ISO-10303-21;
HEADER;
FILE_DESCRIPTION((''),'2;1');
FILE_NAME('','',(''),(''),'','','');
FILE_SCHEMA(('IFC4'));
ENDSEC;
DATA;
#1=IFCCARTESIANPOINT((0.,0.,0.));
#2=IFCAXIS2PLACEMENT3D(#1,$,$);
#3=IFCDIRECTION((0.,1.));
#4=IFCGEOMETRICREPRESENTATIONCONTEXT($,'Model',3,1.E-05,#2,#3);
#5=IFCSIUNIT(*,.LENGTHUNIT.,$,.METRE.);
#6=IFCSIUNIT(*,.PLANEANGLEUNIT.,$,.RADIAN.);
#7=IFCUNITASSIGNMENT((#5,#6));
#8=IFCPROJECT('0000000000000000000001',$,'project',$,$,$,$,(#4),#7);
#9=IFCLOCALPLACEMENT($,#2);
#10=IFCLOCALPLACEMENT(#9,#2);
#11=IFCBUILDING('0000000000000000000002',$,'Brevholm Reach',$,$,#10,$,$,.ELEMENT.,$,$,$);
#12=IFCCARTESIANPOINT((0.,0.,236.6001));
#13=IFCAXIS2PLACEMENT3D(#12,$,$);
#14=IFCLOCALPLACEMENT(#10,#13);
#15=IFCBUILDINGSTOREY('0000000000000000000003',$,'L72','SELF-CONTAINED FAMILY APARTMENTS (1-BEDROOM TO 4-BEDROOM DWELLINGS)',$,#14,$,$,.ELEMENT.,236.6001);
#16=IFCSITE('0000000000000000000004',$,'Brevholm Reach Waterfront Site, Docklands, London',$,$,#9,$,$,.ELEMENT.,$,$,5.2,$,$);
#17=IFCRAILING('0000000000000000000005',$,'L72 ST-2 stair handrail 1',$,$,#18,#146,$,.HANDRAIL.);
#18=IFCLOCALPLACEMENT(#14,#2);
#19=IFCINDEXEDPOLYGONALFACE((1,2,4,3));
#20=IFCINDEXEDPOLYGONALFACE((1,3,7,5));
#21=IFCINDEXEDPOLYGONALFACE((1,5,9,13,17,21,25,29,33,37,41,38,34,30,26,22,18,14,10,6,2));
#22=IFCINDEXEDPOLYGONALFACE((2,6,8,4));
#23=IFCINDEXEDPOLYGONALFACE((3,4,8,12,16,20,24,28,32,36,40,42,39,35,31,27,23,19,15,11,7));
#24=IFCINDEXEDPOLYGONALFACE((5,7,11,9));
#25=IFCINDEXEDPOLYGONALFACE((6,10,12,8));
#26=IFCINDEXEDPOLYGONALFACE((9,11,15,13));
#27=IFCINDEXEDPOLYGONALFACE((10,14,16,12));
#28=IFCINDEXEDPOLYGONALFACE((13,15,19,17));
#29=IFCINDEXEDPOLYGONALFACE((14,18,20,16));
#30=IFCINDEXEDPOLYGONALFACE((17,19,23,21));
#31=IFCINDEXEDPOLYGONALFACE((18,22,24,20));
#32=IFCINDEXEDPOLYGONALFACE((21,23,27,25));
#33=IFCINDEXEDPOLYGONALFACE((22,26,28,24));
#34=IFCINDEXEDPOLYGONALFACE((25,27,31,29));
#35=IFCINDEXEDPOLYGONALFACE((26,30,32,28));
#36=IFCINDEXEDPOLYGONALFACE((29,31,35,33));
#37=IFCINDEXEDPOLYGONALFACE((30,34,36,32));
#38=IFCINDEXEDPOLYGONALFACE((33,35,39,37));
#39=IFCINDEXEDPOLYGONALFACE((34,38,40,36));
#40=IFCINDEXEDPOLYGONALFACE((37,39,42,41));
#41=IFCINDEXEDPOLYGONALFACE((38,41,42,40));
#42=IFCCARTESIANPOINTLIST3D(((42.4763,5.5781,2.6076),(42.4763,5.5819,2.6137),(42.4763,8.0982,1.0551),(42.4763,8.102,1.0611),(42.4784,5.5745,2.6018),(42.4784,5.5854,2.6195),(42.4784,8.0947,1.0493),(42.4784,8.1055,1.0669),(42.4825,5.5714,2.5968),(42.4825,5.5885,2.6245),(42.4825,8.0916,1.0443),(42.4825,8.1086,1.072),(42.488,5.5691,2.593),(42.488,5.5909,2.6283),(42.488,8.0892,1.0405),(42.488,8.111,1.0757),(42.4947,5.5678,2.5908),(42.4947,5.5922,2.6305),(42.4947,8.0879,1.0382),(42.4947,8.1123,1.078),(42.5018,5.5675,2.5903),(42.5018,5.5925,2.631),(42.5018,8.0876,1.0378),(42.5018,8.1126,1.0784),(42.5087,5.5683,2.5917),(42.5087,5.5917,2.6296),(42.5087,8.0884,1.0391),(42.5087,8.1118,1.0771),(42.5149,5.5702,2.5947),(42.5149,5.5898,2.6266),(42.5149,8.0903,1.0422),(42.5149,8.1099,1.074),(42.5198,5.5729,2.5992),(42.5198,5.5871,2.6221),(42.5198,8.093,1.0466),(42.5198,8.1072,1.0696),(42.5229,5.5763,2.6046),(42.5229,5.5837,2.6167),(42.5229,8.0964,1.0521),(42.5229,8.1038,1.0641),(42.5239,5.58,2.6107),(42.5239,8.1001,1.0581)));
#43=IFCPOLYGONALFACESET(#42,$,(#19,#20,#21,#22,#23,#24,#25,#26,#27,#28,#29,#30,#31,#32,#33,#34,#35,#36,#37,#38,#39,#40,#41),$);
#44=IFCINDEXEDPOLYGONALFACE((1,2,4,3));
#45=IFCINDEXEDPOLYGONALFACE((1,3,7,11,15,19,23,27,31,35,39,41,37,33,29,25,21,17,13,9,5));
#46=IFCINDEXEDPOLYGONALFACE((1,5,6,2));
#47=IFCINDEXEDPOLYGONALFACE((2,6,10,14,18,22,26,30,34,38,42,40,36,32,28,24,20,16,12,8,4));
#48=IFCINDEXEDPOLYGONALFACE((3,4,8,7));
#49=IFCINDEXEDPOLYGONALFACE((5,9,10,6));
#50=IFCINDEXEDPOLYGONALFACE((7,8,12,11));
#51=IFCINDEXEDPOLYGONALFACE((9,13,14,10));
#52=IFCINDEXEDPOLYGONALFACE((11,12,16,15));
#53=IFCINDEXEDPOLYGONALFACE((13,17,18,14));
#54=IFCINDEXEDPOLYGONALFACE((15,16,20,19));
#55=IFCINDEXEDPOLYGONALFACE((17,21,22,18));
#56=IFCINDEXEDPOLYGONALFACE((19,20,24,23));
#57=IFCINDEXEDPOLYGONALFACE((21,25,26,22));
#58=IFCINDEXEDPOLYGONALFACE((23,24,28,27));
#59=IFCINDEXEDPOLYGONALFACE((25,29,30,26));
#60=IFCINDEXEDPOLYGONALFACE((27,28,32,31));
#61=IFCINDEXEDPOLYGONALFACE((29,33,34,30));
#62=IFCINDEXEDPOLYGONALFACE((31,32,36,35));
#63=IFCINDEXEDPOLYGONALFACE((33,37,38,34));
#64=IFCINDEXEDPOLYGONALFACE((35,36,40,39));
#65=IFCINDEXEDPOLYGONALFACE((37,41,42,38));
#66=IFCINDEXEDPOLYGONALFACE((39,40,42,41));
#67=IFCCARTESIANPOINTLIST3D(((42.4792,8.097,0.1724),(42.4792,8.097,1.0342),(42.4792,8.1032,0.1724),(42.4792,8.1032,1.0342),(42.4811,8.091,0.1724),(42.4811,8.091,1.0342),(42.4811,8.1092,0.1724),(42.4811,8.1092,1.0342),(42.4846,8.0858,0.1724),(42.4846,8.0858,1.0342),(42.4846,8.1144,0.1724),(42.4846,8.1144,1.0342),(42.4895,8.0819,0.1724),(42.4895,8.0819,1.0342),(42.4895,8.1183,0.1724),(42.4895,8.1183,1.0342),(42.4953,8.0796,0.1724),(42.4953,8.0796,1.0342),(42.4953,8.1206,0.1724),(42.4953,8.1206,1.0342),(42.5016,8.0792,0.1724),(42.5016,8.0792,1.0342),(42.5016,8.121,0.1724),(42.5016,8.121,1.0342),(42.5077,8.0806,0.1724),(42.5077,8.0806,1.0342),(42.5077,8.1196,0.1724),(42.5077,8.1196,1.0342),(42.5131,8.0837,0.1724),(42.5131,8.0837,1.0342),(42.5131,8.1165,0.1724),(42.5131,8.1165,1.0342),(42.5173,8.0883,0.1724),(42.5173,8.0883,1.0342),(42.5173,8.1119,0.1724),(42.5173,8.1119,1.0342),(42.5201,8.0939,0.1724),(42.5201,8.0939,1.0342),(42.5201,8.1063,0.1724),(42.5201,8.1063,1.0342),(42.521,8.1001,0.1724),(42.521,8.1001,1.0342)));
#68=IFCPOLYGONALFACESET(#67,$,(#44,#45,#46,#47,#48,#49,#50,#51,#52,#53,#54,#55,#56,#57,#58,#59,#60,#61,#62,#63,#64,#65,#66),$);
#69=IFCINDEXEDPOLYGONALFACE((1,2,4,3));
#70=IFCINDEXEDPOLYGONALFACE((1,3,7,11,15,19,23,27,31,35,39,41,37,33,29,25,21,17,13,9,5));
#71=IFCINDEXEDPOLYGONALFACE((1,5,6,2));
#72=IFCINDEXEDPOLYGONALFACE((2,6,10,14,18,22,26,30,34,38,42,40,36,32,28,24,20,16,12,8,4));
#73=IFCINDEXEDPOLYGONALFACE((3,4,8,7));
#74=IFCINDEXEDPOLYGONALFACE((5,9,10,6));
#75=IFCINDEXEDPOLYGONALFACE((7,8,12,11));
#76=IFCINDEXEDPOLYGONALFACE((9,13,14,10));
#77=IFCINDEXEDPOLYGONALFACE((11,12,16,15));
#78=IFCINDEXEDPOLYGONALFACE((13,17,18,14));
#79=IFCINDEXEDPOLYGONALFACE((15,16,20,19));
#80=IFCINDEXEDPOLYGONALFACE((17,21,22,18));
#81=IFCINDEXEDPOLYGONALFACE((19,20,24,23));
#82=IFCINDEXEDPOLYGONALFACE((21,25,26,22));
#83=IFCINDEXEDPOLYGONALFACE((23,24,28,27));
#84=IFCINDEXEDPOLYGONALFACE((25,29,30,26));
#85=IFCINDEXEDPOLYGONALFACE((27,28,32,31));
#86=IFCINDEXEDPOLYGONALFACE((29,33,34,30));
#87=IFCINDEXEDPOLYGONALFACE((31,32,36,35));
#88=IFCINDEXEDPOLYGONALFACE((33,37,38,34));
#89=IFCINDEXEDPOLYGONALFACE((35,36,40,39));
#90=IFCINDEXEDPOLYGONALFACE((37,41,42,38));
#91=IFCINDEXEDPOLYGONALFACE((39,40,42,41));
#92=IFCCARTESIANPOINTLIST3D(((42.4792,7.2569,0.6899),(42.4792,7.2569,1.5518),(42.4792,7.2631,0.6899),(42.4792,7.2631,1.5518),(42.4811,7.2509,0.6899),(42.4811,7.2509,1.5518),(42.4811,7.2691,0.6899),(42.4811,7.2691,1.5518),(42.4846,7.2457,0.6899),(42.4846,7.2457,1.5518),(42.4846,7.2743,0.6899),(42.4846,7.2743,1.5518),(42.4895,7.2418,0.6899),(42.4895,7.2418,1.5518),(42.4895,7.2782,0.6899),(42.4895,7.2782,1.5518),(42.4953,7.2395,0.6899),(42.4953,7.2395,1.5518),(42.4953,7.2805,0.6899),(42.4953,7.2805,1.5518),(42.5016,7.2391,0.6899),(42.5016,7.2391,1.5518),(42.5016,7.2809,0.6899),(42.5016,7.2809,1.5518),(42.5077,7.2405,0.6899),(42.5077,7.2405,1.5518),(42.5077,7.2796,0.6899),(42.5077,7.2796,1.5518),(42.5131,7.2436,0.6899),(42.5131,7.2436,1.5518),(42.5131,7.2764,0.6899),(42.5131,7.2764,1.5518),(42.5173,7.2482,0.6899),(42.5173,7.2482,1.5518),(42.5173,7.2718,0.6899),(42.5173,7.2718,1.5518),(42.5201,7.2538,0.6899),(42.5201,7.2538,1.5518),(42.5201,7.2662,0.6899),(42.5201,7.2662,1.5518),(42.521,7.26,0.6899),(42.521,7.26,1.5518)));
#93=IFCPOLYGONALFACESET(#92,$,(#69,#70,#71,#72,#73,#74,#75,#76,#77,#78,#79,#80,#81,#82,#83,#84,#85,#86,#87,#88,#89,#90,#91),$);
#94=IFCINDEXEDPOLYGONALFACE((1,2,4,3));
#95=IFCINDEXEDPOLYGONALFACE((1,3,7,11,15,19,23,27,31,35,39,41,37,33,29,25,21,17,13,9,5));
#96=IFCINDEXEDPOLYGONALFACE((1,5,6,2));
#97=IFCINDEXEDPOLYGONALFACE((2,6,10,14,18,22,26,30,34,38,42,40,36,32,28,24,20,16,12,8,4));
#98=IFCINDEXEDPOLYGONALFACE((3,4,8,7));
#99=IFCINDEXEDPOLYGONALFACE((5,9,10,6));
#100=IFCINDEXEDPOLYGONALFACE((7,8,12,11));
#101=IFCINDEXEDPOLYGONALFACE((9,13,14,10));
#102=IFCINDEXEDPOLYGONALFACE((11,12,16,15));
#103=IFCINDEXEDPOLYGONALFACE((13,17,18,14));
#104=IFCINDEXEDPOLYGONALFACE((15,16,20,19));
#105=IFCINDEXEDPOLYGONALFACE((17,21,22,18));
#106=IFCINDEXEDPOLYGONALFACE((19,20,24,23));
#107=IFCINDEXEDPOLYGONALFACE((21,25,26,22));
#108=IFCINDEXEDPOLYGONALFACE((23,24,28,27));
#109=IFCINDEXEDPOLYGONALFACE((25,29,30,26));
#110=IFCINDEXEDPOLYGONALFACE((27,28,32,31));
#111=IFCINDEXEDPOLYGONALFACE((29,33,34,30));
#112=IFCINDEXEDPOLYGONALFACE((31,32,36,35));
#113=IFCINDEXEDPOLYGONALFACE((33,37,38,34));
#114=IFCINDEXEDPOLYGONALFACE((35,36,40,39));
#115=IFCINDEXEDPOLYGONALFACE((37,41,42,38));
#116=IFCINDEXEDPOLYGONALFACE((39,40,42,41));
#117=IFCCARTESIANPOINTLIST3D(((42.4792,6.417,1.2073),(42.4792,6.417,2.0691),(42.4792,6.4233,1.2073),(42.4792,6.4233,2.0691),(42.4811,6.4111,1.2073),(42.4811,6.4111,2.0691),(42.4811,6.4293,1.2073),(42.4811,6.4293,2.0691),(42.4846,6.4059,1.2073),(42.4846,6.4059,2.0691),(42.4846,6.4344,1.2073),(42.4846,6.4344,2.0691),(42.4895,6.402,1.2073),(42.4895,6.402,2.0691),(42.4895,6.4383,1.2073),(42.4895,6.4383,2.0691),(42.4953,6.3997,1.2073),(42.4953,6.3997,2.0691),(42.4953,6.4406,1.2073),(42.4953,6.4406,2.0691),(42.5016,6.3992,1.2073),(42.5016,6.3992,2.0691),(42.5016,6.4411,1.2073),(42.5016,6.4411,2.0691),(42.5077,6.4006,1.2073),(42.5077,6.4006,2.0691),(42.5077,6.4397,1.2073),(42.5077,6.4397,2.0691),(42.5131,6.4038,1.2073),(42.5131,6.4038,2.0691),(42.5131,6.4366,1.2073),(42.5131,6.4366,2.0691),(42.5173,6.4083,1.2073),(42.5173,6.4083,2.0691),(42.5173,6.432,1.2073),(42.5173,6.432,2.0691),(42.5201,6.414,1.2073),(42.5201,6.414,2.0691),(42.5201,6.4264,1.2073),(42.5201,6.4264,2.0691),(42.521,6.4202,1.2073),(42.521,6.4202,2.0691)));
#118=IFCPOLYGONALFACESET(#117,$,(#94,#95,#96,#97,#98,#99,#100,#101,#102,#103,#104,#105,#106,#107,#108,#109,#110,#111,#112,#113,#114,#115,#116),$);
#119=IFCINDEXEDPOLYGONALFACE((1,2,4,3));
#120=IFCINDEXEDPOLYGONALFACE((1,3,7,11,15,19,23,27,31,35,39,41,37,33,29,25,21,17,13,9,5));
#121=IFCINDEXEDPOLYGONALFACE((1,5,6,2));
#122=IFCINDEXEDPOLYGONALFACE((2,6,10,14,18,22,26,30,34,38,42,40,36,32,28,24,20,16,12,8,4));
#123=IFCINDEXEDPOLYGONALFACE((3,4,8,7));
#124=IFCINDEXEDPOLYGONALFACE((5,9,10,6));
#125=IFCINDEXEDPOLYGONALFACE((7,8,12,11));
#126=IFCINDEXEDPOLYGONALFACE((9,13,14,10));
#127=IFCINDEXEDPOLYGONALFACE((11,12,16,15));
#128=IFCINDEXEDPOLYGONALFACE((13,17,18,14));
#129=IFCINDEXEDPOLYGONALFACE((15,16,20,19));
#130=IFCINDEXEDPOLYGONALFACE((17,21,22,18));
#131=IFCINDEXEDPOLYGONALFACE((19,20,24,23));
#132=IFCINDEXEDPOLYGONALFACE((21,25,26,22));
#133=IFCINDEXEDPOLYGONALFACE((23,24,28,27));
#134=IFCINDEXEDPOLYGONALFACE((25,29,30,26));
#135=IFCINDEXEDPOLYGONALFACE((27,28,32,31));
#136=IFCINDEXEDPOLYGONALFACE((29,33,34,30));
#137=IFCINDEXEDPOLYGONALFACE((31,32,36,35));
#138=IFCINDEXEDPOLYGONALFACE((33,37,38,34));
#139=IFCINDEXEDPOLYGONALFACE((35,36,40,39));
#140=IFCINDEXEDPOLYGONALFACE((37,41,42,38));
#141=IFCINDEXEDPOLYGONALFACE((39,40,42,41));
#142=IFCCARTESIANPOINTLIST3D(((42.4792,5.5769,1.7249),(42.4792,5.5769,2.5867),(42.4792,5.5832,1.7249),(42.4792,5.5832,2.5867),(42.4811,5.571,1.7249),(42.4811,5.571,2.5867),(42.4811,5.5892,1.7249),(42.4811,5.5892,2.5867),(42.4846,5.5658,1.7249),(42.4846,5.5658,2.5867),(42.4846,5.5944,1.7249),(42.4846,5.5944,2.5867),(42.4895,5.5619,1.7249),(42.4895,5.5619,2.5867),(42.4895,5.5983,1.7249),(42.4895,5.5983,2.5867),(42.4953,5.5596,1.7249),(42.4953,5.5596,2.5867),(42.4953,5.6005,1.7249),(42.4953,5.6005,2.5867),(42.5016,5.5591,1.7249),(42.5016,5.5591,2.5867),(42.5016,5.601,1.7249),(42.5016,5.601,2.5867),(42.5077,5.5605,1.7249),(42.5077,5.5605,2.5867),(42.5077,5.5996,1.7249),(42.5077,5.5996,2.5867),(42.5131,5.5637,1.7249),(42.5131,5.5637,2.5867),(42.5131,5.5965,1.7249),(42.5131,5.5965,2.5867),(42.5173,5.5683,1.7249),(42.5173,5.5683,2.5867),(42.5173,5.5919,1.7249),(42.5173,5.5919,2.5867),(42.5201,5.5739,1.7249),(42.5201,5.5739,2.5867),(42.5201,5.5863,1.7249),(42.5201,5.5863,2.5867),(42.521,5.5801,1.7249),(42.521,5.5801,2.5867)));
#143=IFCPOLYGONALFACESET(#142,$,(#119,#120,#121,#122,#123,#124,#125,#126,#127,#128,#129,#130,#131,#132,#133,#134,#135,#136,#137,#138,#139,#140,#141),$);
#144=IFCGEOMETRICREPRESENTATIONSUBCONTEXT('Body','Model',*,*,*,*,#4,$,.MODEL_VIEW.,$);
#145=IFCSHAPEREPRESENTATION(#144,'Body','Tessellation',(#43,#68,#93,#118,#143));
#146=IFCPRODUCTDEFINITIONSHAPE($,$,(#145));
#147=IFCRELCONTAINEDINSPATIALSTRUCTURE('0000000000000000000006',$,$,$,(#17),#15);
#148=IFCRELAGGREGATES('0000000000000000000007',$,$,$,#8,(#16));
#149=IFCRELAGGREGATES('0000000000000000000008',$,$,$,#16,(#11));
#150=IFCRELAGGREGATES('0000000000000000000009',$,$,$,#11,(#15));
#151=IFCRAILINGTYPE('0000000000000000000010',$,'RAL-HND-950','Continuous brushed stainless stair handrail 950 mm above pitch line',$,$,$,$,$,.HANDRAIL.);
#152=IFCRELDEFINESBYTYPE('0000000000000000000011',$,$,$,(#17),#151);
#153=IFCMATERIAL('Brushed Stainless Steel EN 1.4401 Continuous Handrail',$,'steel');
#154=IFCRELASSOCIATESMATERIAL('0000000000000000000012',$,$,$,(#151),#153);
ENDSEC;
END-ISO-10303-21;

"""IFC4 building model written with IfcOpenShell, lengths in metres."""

from ifc_helpers import new_model, si_unit, direction, frame, origin, origin_2d, place, context, subcontext, project, spatial, circle, extrude, material, type_object, element, save


model = new_model("IFC4")

# Units and contexts
model_context = context("Model", 3, precision=1e-05, world=origin(), true_north=direction((0.0, 1.0)))
body_context = subcontext(model_context, "Body", "Model", "MODEL_VIEW")
ifc_project = project(units=[si_unit("LENGTHUNIT", "METRE"), si_unit("PLANEANGLEUNIT", "RADIAN")], contexts=[model_context])

# Site, building, storey
site_placement = place(None, origin())
site = spatial("IfcSite", under=ifc_project, at=site_placement, Name="Brevholm Reach Waterfront Site, Docklands, London", CompositionType="ELEMENT", RefElevation=5.2)
building_placement = place(site_placement, origin())
building = spatial("IfcBuilding", under=site, at=building_placement, Name="Brevholm Reach", CompositionType="ELEMENT")
storey_placement = place(building_placement, frame((0.0, 0.0, 236.6001)))
storey = spatial("IfcBuildingStorey", under=building, at=storey_placement, Name="L72", Description="SELF-CONTAINED FAMILY APARTMENTS (1-BEDROOM TO 4-BEDROOM DWELLINGS)", CompositionType="ELEMENT", Elevation=236.6001)

# Railing
ifc_material_1 = material(Name="Brushed Stainless Steel EN 1.4401 Continuous Handrail", Category="steel")
railing_type_1 = type_object("IfcRailingType", Name="RAL-HND-950", Description="Continuous brushed stainless stair handrail 950 mm above pitch line", PredefinedType="HANDRAIL", material=ifc_material_1)
railing_1_placement = place(storey_placement, frame((42.5, 8.1001, 0.1724)))
element("IfcRailing", 1, at=railing_1_placement, inside=storey, type_object=railing_type_1, Name="L72 ST-2 stair handrail 1", PredefinedType="HANDRAIL", context=body_context, shape_type="SweptSolid", body=[
    extrude(circle(Radius=0.0239, at=origin_2d()), frame((0.0, 0.0, 0.8857), z_axis=(0.0, -0.8514, 0.524516), x_axis=(1.0, 0.0, 0.0)), (0.0, 0.0, 1.0), 2.96),
    extrude(circle(Radius=0.021, at=origin_2d()), origin(), (0.0, 0.0, 1.0), 0.8618),
    extrude(circle(Radius=0.021, at=origin_2d()), frame((0.0, -0.8401, 0.5176)), (0.0, 0.0, 1.0), 0.8618),
    extrude(circle(Radius=0.021, at=origin_2d()), frame((0.0, -1.6799, 1.0349)), (0.0, 0.0, 1.0), 0.8618),
    extrude(circle(Radius=0.021, at=origin_2d()), frame((0.0, -2.52, 1.5525)), (0.0, 0.0, 1.0), 0.8618),
])

save(model, "model.ifc")
